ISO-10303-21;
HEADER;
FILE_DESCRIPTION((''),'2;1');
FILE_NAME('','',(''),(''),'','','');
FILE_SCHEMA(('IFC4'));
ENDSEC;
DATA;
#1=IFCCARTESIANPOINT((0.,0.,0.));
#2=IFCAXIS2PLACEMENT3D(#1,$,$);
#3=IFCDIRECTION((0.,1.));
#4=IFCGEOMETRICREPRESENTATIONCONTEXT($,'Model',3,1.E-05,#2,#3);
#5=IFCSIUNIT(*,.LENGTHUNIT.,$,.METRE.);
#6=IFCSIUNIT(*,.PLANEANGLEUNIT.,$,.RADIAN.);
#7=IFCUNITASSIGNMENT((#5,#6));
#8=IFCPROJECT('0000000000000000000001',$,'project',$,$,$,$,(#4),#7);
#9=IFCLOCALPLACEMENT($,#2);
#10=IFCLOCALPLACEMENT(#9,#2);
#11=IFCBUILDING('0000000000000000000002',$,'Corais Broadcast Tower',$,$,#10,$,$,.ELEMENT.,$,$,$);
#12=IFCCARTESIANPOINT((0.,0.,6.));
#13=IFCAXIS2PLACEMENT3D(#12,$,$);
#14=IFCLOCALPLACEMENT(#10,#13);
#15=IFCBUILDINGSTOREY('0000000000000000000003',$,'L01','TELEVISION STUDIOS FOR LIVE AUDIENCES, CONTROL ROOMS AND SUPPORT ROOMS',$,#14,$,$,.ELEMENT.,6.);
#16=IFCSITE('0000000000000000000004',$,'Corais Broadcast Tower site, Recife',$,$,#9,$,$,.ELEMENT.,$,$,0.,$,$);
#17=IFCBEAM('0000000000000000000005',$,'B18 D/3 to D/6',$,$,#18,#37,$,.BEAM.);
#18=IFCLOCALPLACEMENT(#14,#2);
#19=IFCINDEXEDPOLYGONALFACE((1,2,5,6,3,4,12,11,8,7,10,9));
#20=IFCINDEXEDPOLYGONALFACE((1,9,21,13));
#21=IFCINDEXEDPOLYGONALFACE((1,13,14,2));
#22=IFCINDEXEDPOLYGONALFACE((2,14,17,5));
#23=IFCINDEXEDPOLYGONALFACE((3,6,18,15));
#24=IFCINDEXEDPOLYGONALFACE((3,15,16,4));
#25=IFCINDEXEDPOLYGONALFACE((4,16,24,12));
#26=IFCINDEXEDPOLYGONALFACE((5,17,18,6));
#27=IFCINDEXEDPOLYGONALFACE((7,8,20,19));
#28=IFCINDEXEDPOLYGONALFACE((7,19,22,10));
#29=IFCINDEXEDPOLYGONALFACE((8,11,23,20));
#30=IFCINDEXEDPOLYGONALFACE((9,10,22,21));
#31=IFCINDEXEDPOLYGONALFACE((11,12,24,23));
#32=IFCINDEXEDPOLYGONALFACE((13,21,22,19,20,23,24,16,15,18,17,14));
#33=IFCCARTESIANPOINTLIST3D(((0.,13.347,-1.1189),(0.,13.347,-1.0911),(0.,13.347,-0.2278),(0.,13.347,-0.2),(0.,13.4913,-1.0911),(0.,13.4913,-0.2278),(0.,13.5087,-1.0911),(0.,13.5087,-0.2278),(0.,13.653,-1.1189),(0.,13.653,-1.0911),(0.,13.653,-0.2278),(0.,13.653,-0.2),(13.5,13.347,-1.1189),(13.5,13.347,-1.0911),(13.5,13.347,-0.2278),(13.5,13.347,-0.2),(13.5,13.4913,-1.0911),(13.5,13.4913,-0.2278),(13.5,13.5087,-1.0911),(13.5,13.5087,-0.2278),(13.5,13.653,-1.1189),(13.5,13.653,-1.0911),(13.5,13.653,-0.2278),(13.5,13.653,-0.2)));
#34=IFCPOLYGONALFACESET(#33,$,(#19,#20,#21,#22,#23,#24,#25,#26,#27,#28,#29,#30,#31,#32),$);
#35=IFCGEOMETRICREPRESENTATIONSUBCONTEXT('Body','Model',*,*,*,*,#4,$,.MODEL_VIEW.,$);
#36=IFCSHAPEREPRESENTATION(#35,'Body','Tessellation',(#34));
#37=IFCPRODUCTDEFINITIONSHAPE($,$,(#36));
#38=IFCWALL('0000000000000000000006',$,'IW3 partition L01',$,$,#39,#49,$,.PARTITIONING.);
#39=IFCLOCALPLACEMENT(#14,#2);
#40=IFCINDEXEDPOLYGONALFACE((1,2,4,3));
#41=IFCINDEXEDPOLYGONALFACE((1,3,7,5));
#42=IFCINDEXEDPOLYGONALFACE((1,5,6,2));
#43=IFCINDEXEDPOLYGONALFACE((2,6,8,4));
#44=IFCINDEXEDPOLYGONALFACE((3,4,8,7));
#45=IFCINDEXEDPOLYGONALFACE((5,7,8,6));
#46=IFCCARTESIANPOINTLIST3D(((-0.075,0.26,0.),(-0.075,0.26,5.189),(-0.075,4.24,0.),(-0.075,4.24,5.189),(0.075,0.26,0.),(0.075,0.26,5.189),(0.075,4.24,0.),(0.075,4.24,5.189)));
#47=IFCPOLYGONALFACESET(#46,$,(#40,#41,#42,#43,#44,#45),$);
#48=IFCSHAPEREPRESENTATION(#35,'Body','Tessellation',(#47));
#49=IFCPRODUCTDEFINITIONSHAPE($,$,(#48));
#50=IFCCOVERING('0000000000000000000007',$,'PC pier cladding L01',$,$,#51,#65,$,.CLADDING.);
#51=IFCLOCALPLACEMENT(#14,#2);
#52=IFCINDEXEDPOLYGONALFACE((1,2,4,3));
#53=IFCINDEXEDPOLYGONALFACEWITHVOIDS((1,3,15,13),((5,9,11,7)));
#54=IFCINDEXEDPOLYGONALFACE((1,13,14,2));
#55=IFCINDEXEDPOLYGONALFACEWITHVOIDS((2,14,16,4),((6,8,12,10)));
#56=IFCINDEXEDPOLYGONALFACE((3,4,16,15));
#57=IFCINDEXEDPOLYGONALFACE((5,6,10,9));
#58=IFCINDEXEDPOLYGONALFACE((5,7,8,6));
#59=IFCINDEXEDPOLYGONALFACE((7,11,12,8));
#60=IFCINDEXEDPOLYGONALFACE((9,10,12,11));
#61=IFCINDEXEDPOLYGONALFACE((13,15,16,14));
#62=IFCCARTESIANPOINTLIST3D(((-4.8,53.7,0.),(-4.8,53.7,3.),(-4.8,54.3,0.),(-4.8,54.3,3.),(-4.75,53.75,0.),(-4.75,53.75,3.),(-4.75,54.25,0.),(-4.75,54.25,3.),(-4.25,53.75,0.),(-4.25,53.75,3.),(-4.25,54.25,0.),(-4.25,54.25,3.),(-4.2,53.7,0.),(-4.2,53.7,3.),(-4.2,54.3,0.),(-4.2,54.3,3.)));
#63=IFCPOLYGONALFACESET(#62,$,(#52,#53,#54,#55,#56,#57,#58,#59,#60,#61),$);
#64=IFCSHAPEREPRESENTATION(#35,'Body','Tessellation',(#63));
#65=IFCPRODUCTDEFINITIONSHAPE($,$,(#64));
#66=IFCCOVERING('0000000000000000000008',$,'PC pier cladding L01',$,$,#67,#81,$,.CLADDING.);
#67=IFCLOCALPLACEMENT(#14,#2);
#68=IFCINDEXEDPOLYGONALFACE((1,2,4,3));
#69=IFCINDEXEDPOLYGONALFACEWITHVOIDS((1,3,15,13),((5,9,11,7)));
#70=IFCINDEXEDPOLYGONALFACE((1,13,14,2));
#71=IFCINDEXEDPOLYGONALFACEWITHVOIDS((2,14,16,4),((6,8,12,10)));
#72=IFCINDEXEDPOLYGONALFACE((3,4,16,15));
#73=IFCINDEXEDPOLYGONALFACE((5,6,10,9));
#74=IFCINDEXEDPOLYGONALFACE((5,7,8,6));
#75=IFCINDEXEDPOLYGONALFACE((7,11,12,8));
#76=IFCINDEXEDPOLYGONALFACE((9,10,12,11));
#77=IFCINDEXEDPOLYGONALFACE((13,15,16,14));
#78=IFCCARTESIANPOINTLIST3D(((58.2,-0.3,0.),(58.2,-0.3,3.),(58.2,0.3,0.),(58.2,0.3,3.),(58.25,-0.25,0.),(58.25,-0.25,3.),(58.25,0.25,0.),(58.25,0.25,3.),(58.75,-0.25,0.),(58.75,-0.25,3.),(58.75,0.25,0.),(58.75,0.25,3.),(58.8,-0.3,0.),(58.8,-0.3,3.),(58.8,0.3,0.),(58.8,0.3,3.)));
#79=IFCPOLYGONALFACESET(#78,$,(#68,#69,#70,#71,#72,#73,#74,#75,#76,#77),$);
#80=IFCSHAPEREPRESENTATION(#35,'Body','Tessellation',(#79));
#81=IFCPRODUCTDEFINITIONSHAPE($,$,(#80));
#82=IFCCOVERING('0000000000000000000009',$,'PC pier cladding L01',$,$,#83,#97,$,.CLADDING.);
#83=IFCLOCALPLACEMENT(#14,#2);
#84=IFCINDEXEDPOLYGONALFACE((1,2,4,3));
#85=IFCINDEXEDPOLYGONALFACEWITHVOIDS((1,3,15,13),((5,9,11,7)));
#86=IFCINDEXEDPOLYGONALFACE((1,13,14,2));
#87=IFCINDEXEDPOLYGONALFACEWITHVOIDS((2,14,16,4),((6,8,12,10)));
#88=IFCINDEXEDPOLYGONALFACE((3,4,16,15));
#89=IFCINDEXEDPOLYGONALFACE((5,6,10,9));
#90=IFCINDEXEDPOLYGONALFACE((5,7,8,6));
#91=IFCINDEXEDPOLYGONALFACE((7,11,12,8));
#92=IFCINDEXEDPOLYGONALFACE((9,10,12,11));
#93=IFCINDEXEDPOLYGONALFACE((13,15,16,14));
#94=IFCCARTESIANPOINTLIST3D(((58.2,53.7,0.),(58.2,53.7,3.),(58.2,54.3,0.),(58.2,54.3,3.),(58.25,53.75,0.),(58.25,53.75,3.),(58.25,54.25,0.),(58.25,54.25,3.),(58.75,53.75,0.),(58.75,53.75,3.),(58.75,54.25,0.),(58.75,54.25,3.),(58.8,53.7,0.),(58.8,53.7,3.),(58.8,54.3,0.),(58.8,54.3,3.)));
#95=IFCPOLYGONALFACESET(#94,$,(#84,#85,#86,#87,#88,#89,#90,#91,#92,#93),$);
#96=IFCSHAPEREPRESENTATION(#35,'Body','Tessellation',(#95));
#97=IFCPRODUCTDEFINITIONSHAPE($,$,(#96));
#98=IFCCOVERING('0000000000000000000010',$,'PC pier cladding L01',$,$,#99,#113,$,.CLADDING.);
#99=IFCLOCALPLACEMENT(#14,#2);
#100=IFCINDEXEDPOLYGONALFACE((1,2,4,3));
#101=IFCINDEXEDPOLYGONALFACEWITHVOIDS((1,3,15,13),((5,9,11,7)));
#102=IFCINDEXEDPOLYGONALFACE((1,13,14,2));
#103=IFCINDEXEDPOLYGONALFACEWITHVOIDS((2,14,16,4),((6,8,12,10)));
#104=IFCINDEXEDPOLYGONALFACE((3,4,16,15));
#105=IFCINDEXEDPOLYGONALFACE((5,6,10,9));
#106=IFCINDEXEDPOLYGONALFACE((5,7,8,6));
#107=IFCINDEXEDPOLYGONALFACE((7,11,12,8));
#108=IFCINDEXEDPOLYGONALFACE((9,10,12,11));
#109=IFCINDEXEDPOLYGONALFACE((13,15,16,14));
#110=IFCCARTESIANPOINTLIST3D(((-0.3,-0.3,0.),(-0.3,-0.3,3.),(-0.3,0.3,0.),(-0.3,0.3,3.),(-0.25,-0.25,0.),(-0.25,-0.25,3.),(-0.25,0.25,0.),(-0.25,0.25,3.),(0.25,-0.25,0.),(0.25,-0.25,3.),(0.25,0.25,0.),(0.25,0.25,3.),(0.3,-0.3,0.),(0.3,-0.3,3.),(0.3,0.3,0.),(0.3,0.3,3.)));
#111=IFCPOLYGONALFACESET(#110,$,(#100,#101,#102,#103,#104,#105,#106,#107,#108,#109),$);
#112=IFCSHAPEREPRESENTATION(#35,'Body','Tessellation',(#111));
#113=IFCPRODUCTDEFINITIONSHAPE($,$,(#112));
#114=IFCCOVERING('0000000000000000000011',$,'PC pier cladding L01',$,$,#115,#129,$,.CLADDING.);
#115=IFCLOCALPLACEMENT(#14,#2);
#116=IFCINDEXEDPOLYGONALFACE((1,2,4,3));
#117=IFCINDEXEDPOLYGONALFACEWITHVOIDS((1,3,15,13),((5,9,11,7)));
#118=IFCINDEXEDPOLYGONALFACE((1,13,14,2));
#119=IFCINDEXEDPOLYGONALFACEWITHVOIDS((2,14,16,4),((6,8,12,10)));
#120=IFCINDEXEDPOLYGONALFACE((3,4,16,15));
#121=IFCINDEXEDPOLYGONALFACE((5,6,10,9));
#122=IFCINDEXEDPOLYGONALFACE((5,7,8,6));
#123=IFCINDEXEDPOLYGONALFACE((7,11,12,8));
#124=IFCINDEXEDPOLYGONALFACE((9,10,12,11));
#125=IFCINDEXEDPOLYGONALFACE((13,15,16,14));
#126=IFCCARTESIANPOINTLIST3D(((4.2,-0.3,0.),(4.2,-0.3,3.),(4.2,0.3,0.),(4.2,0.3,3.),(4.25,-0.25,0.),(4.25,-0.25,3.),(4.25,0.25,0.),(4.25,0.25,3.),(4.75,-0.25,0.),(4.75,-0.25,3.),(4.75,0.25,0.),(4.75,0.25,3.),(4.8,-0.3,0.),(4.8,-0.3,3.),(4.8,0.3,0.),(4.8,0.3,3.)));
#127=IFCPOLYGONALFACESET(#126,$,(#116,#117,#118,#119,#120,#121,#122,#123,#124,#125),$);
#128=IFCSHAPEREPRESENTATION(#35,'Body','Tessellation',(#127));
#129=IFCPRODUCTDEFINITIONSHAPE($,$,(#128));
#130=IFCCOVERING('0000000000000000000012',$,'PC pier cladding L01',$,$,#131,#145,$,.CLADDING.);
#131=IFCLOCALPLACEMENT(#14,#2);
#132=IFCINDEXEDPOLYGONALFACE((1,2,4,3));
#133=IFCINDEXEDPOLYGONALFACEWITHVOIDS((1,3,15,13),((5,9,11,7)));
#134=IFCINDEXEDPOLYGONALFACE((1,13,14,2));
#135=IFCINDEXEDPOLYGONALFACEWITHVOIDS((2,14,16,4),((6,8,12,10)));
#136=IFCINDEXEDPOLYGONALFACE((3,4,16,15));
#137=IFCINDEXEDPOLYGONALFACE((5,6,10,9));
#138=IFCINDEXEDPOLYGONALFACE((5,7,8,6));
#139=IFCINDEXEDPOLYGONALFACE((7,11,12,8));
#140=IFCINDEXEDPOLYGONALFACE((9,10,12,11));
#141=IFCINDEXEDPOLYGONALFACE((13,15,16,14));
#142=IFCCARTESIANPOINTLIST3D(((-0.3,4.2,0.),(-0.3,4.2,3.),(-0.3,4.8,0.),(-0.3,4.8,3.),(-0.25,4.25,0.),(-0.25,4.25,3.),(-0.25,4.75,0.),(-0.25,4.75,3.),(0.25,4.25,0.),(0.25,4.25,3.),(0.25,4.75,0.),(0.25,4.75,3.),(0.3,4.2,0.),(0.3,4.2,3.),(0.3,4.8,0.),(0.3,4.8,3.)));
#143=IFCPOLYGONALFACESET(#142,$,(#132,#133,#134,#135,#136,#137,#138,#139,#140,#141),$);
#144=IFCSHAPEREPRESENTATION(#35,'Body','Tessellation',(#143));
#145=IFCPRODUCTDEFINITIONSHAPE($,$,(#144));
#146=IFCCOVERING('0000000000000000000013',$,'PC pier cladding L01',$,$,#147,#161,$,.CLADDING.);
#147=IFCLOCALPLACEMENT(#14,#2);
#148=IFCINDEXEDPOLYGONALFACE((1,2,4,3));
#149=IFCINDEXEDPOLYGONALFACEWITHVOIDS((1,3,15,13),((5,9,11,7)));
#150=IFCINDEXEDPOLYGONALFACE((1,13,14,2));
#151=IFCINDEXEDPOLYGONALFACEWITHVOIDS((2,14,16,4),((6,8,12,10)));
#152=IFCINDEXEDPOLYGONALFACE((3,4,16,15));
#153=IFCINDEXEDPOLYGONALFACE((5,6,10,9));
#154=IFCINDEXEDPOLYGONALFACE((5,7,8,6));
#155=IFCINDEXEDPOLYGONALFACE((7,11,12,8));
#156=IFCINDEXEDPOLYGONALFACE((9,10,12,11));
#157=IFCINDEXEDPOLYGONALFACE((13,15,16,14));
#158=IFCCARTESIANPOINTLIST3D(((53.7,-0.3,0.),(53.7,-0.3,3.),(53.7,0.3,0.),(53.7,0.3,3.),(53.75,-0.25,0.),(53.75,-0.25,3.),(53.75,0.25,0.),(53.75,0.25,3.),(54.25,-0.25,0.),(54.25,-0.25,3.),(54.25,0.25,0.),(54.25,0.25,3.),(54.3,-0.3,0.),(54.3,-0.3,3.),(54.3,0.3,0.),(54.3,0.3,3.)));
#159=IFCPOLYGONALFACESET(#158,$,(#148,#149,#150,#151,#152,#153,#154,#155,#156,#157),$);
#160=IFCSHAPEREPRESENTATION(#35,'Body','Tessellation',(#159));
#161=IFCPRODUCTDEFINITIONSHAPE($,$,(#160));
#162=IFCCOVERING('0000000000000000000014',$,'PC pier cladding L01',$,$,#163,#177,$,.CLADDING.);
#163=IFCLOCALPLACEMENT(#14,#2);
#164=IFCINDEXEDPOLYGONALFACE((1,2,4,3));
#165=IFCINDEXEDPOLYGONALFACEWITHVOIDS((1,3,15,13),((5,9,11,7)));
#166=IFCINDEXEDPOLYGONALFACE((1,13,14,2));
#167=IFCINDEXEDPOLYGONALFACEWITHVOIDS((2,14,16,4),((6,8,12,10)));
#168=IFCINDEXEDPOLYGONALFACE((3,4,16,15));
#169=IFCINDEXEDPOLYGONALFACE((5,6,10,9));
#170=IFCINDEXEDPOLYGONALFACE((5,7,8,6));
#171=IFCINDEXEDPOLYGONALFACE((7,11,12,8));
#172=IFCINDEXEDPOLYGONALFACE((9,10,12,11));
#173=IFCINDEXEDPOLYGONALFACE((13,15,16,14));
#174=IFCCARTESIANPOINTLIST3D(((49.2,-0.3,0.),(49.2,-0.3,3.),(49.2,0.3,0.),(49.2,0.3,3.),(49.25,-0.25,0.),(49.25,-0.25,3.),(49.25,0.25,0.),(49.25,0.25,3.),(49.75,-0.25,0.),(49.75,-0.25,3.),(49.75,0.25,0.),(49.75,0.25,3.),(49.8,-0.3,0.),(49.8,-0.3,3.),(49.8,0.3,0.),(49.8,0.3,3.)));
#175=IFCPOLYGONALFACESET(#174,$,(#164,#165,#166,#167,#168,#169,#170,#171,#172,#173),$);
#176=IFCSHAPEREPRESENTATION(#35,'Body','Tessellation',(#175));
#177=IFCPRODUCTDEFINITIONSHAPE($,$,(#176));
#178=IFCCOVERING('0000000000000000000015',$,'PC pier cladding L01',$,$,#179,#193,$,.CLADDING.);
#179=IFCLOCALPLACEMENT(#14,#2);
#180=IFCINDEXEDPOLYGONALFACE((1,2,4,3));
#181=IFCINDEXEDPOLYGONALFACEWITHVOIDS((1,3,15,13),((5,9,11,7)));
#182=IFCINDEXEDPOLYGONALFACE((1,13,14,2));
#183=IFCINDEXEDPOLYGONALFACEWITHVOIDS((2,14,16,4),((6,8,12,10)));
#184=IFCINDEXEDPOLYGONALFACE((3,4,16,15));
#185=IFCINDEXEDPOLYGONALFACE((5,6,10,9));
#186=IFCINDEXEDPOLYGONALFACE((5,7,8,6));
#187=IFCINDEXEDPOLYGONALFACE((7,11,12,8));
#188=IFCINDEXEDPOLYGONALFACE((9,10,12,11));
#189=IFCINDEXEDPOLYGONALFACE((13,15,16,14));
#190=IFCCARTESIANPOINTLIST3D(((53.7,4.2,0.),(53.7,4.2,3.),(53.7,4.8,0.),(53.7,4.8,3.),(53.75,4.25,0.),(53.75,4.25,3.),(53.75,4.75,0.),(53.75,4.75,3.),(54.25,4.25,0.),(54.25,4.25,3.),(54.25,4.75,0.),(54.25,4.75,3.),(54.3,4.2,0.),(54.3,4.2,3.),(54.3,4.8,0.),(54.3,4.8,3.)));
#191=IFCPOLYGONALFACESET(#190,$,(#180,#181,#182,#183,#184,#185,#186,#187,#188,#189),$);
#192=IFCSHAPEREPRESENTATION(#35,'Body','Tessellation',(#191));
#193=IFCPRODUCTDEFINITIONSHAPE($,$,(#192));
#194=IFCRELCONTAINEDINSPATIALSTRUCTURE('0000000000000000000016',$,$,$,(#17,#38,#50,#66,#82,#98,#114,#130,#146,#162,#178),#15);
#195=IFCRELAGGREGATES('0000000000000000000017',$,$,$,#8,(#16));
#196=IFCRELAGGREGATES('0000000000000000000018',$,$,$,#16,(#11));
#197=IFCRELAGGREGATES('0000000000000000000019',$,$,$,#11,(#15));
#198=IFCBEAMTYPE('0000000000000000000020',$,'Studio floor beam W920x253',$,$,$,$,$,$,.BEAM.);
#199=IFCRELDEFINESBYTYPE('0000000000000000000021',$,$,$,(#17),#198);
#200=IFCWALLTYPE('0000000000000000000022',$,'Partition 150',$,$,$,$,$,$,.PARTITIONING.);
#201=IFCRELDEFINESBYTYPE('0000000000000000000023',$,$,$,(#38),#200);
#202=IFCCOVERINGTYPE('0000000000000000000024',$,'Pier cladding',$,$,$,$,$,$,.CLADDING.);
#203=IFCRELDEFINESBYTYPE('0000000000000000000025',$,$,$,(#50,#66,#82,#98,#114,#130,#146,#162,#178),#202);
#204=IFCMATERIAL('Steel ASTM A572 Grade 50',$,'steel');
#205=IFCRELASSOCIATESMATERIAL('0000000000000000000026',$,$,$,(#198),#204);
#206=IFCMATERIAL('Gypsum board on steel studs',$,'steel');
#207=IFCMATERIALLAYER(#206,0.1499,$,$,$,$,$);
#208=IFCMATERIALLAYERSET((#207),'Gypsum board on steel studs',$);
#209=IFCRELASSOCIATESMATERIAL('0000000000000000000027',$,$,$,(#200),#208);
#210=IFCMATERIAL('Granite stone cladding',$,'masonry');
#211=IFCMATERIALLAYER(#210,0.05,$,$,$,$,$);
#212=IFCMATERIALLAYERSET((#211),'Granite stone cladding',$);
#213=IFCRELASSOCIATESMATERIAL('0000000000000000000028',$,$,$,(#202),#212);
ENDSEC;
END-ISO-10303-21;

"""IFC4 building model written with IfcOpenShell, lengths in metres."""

from ifc_helpers import new_model, si_unit, direction, frame, frame_2d, origin, origin_2d, place, context, subcontext, project, spatial, polyline, rectangle, i_section, outline, extrude, material, layer, layer_set, material_profile, profile_set, type_object, element, save


model = new_model("IFC4")

# Units and contexts
model_context = context("Model", 3, precision=1e-05, world=origin(), true_north=direction((0.0, 1.0)))
body_context = subcontext(model_context, "Body", "Model", "MODEL_VIEW")
ifc_project = project(units=[si_unit("LENGTHUNIT", "METRE"), si_unit("PLANEANGLEUNIT", "RADIAN")], contexts=[model_context])

# Site, building, storey
site_placement = place(None, origin())
site = spatial("IfcSite", under=ifc_project, at=site_placement, Name="Corais Broadcast Tower site, Recife", CompositionType="ELEMENT", RefElevation=0.0)
building_placement = place(site_placement, origin())
building = spatial("IfcBuilding", under=site, at=building_placement, Name="Corais Broadcast Tower", CompositionType="ELEMENT")
storey_placement = place(building_placement, frame((0.0, 0.0, 6.0)))
storey = spatial("IfcBuildingStorey", under=building, at=storey_placement, Name="L01", Description="TELEVISION STUDIOS FOR LIVE AUDIENCES, CONTROL ROOMS AND SUPPORT ROOMS", CompositionType="ELEMENT", Elevation=6.0)

# Beam
ifc_material_1 = material(Name="Steel ASTM A572 Grade 50", Category="steel")
ifc_material_profile_1 = material_profile(ifc_material_1, i_section(OverallWidth=0.3059, OverallDepth=0.9189, WebThickness=0.0173, FlangeThickness=0.0278, at=origin_2d()), Name="W920x253")
ifc_profile_set_1 = profile_set([ifc_material_profile_1], Name="Steel ASTM A572 Grade 50")
beam_type_1 = type_object("IfcBeamType", Name="Studio floor beam W920x253", PredefinedType="BEAM", material=ifc_profile_set_1)
beam_1_placement = place(storey_placement, frame((0.0, 13.5, -0.6594), z_axis=(1.0, 0.0, 0.0), x_axis=(0.0, 1.0, 0.0)))
element("IfcBeam", 1, at=beam_1_placement, inside=storey, type_object=beam_type_1, Name="B18 D/3 to D/6", PredefinedType="BEAM", context=body_context, shape_type="SweptSolid", body=[
    extrude(i_section(OverallWidth=0.3059, OverallDepth=0.9189, WebThickness=0.0173, FlangeThickness=0.0278, at=origin_2d()), origin(), (0.0, 0.0, 1.0), 13.5),
])

# Wall
ifc_material_2 = material(Name="Gypsum board on steel studs", Category="steel")
ifc_layer_1 = layer(ifc_material_2, 0.1499)
ifc_layer_set_1 = layer_set([ifc_layer_1], Name="Gypsum board on steel studs")
wall_type = type_object("IfcWallType", Name="Partition 150", PredefinedType="PARTITIONING", material=ifc_layer_set_1)
wall_placement = place(storey_placement, frame((0.0, 4.24, 0.0), z_axis=(0.0, 0.0, 1.0), x_axis=(0.0, -1.0, 0.0)))
element("IfcWall", 2, at=wall_placement, inside=storey, type_object=wall_type, Name="IW3 partition L01", PredefinedType="PARTITIONING", context=body_context, shape_type="SweptSolid", body=[
    extrude(rectangle(XDim=3.98, YDim=0.1499, at=frame_2d((1.99, 0.0))), origin(), (0.0, 0.0, 1.0), 5.189),
])

# Coverings
ifc_material_3 = material(Name="Granite stone cladding", Category="masonry")
ifc_layer_2 = layer(ifc_material_3, 0.05)
ifc_layer_set_2 = layer_set([ifc_layer_2], Name="Granite stone cladding")
covering_type = type_object("IfcCoveringType", Name="Pier cladding", PredefinedType="CLADDING", material=ifc_layer_set_2)
covering_1_placement = place(storey_placement, origin())
element("IfcCovering", 3, at=covering_1_placement, inside=storey, type_object=covering_type, Name="PC pier cladding L01", PredefinedType="CLADDING", context=body_context, shape_type="SweptSolid", body=[
    extrude(outline(polyline([(-4.8, 53.7), (-4.2, 53.7), (-4.2, 54.3), (-4.8, 54.3), (-4.8, 53.7)]), holes=[polyline([(-4.75, 53.75), (-4.25, 53.75), (-4.25, 54.25), (-4.75, 54.25), (-4.75, 53.75)])]), origin(), (0.0, 0.0, 1.0), 3.0),
])
covering_2_placement = place(storey_placement, origin())
element("IfcCovering", 4, at=covering_2_placement, inside=storey, type_object=covering_type, Name="PC pier cladding L01", PredefinedType="CLADDING", context=body_context, shape_type="SweptSolid", body=[
    extrude(outline(polyline([(58.2, -0.3), (58.8, -0.3), (58.8, 0.3), (58.2, 0.3), (58.2, -0.3)]), holes=[polyline([(58.25, -0.25), (58.75, -0.25), (58.75, 0.25), (58.25, 0.25), (58.25, -0.25)])]), origin(), (0.0, 0.0, 1.0), 3.0),
])
covering_3_placement = place(storey_placement, origin())
element("IfcCovering", 5, at=covering_3_placement, inside=storey, type_object=covering_type, Name="PC pier cladding L01", PredefinedType="CLADDING", context=body_context, shape_type="SweptSolid", body=[
    extrude(outline(polyline([(58.2, 53.7), (58.8, 53.7), (58.8, 54.3), (58.2, 54.3), (58.2, 53.7)]), holes=[polyline([(58.25, 53.75), (58.75, 53.75), (58.75, 54.25), (58.25, 54.25), (58.25, 53.75)])]), origin(), (0.0, 0.0, 1.0), 3.0),
])
covering_4_placement = place(storey_placement, origin())
element("IfcCovering", 6, at=covering_4_placement, inside=storey, type_object=covering_type, Name="PC pier cladding L01", PredefinedType="CLADDING", context=body_context, shape_type="SweptSolid", body=[
    extrude(outline(polyline([(-0.3, -0.3), (0.3, -0.3), (0.3, 0.3), (-0.3, 0.3), (-0.3, -0.3)]), holes=[polyline([(-0.25, -0.25), (0.25, -0.25), (0.25, 0.25), (-0.25, 0.25), (-0.25, -0.25)])]), origin(), (0.0, 0.0, 1.0), 3.0),
])
covering_5_placement = place(storey_placement, origin())
element("IfcCovering", 7, at=covering_5_placement, inside=storey, type_object=covering_type, Name="PC pier cladding L01", PredefinedType="CLADDING", context=body_context, shape_type="SweptSolid", body=[
    extrude(outline(polyline([(4.2, -0.3), (4.8, -0.3), (4.8, 0.3), (4.2, 0.3), (4.2, -0.3)]), holes=[polyline([(4.25, -0.25), (4.75, -0.25), (4.75, 0.25), (4.25, 0.25), (4.25, -0.25)])]), origin(), (0.0, 0.0, 1.0), 3.0),
])
covering_6_placement = place(storey_placement, origin())
element("IfcCovering", 8, at=covering_6_placement, inside=storey, type_object=covering_type, Name="PC pier cladding L01", PredefinedType="CLADDING", context=body_context, shape_type="SweptSolid", body=[
    extrude(outline(polyline([(-0.3, 4.2), (0.3, 4.2), (0.3, 4.8), (-0.3, 4.8), (-0.3, 4.2)]), holes=[polyline([(-0.25, 4.25), (0.25, 4.25), (0.25, 4.75), (-0.25, 4.75), (-0.25, 4.25)])]), origin(), (0.0, 0.0, 1.0), 3.0),
])
covering_7_placement = place(storey_placement, origin())
element("IfcCovering", 9, at=covering_7_placement, inside=storey, type_object=covering_type, Name="PC pier cladding L01", PredefinedType="CLADDING", context=body_context, shape_type="SweptSolid", body=[
    extrude(outline(polyline([(53.7, -0.3), (54.3, -0.3), (54.3, 0.3), (53.7, 0.3), (53.7, -0.3)]), holes=[polyline([(53.75, -0.25), (54.25, -0.25), (54.25, 0.25), (53.75, 0.25), (53.75, -0.25)])]), origin(), (0.0, 0.0, 1.0), 3.0),
])
covering_8_placement = place(storey_placement, origin())
element("IfcCovering", 10, at=covering_8_placement, inside=storey, type_object=covering_type, Name="PC pier cladding L01", PredefinedType="CLADDING", context=body_context, shape_type="SweptSolid", body=[
    extrude(outline(polyline([(49.2, -0.3), (49.8, -0.3), (49.8, 0.3), (49.2, 0.3), (49.2, -0.3)]), holes=[polyline([(49.25, -0.25), (49.75, -0.25), (49.75, 0.25), (49.25, 0.25), (49.25, -0.25)])]), origin(), (0.0, 0.0, 1.0), 3.0),
])
covering_9_placement = place(storey_placement, origin())
element("IfcCovering", 11, at=covering_9_placement, inside=storey, type_object=covering_type, Name="PC pier cladding L01", PredefinedType="CLADDING", context=body_context, shape_type="SweptSolid", body=[
    extrude(outline(polyline([(53.7, 4.2), (54.3, 4.2), (54.3, 4.8), (53.7, 4.8), (53.7, 4.2)]), holes=[polyline([(53.75, 4.25), (54.25, 4.25), (54.25, 4.75), (53.75, 4.75), (53.75, 4.25)])]), origin(), (0.0, 0.0, 1.0), 3.0),
])

save(model, "model.ifc")
